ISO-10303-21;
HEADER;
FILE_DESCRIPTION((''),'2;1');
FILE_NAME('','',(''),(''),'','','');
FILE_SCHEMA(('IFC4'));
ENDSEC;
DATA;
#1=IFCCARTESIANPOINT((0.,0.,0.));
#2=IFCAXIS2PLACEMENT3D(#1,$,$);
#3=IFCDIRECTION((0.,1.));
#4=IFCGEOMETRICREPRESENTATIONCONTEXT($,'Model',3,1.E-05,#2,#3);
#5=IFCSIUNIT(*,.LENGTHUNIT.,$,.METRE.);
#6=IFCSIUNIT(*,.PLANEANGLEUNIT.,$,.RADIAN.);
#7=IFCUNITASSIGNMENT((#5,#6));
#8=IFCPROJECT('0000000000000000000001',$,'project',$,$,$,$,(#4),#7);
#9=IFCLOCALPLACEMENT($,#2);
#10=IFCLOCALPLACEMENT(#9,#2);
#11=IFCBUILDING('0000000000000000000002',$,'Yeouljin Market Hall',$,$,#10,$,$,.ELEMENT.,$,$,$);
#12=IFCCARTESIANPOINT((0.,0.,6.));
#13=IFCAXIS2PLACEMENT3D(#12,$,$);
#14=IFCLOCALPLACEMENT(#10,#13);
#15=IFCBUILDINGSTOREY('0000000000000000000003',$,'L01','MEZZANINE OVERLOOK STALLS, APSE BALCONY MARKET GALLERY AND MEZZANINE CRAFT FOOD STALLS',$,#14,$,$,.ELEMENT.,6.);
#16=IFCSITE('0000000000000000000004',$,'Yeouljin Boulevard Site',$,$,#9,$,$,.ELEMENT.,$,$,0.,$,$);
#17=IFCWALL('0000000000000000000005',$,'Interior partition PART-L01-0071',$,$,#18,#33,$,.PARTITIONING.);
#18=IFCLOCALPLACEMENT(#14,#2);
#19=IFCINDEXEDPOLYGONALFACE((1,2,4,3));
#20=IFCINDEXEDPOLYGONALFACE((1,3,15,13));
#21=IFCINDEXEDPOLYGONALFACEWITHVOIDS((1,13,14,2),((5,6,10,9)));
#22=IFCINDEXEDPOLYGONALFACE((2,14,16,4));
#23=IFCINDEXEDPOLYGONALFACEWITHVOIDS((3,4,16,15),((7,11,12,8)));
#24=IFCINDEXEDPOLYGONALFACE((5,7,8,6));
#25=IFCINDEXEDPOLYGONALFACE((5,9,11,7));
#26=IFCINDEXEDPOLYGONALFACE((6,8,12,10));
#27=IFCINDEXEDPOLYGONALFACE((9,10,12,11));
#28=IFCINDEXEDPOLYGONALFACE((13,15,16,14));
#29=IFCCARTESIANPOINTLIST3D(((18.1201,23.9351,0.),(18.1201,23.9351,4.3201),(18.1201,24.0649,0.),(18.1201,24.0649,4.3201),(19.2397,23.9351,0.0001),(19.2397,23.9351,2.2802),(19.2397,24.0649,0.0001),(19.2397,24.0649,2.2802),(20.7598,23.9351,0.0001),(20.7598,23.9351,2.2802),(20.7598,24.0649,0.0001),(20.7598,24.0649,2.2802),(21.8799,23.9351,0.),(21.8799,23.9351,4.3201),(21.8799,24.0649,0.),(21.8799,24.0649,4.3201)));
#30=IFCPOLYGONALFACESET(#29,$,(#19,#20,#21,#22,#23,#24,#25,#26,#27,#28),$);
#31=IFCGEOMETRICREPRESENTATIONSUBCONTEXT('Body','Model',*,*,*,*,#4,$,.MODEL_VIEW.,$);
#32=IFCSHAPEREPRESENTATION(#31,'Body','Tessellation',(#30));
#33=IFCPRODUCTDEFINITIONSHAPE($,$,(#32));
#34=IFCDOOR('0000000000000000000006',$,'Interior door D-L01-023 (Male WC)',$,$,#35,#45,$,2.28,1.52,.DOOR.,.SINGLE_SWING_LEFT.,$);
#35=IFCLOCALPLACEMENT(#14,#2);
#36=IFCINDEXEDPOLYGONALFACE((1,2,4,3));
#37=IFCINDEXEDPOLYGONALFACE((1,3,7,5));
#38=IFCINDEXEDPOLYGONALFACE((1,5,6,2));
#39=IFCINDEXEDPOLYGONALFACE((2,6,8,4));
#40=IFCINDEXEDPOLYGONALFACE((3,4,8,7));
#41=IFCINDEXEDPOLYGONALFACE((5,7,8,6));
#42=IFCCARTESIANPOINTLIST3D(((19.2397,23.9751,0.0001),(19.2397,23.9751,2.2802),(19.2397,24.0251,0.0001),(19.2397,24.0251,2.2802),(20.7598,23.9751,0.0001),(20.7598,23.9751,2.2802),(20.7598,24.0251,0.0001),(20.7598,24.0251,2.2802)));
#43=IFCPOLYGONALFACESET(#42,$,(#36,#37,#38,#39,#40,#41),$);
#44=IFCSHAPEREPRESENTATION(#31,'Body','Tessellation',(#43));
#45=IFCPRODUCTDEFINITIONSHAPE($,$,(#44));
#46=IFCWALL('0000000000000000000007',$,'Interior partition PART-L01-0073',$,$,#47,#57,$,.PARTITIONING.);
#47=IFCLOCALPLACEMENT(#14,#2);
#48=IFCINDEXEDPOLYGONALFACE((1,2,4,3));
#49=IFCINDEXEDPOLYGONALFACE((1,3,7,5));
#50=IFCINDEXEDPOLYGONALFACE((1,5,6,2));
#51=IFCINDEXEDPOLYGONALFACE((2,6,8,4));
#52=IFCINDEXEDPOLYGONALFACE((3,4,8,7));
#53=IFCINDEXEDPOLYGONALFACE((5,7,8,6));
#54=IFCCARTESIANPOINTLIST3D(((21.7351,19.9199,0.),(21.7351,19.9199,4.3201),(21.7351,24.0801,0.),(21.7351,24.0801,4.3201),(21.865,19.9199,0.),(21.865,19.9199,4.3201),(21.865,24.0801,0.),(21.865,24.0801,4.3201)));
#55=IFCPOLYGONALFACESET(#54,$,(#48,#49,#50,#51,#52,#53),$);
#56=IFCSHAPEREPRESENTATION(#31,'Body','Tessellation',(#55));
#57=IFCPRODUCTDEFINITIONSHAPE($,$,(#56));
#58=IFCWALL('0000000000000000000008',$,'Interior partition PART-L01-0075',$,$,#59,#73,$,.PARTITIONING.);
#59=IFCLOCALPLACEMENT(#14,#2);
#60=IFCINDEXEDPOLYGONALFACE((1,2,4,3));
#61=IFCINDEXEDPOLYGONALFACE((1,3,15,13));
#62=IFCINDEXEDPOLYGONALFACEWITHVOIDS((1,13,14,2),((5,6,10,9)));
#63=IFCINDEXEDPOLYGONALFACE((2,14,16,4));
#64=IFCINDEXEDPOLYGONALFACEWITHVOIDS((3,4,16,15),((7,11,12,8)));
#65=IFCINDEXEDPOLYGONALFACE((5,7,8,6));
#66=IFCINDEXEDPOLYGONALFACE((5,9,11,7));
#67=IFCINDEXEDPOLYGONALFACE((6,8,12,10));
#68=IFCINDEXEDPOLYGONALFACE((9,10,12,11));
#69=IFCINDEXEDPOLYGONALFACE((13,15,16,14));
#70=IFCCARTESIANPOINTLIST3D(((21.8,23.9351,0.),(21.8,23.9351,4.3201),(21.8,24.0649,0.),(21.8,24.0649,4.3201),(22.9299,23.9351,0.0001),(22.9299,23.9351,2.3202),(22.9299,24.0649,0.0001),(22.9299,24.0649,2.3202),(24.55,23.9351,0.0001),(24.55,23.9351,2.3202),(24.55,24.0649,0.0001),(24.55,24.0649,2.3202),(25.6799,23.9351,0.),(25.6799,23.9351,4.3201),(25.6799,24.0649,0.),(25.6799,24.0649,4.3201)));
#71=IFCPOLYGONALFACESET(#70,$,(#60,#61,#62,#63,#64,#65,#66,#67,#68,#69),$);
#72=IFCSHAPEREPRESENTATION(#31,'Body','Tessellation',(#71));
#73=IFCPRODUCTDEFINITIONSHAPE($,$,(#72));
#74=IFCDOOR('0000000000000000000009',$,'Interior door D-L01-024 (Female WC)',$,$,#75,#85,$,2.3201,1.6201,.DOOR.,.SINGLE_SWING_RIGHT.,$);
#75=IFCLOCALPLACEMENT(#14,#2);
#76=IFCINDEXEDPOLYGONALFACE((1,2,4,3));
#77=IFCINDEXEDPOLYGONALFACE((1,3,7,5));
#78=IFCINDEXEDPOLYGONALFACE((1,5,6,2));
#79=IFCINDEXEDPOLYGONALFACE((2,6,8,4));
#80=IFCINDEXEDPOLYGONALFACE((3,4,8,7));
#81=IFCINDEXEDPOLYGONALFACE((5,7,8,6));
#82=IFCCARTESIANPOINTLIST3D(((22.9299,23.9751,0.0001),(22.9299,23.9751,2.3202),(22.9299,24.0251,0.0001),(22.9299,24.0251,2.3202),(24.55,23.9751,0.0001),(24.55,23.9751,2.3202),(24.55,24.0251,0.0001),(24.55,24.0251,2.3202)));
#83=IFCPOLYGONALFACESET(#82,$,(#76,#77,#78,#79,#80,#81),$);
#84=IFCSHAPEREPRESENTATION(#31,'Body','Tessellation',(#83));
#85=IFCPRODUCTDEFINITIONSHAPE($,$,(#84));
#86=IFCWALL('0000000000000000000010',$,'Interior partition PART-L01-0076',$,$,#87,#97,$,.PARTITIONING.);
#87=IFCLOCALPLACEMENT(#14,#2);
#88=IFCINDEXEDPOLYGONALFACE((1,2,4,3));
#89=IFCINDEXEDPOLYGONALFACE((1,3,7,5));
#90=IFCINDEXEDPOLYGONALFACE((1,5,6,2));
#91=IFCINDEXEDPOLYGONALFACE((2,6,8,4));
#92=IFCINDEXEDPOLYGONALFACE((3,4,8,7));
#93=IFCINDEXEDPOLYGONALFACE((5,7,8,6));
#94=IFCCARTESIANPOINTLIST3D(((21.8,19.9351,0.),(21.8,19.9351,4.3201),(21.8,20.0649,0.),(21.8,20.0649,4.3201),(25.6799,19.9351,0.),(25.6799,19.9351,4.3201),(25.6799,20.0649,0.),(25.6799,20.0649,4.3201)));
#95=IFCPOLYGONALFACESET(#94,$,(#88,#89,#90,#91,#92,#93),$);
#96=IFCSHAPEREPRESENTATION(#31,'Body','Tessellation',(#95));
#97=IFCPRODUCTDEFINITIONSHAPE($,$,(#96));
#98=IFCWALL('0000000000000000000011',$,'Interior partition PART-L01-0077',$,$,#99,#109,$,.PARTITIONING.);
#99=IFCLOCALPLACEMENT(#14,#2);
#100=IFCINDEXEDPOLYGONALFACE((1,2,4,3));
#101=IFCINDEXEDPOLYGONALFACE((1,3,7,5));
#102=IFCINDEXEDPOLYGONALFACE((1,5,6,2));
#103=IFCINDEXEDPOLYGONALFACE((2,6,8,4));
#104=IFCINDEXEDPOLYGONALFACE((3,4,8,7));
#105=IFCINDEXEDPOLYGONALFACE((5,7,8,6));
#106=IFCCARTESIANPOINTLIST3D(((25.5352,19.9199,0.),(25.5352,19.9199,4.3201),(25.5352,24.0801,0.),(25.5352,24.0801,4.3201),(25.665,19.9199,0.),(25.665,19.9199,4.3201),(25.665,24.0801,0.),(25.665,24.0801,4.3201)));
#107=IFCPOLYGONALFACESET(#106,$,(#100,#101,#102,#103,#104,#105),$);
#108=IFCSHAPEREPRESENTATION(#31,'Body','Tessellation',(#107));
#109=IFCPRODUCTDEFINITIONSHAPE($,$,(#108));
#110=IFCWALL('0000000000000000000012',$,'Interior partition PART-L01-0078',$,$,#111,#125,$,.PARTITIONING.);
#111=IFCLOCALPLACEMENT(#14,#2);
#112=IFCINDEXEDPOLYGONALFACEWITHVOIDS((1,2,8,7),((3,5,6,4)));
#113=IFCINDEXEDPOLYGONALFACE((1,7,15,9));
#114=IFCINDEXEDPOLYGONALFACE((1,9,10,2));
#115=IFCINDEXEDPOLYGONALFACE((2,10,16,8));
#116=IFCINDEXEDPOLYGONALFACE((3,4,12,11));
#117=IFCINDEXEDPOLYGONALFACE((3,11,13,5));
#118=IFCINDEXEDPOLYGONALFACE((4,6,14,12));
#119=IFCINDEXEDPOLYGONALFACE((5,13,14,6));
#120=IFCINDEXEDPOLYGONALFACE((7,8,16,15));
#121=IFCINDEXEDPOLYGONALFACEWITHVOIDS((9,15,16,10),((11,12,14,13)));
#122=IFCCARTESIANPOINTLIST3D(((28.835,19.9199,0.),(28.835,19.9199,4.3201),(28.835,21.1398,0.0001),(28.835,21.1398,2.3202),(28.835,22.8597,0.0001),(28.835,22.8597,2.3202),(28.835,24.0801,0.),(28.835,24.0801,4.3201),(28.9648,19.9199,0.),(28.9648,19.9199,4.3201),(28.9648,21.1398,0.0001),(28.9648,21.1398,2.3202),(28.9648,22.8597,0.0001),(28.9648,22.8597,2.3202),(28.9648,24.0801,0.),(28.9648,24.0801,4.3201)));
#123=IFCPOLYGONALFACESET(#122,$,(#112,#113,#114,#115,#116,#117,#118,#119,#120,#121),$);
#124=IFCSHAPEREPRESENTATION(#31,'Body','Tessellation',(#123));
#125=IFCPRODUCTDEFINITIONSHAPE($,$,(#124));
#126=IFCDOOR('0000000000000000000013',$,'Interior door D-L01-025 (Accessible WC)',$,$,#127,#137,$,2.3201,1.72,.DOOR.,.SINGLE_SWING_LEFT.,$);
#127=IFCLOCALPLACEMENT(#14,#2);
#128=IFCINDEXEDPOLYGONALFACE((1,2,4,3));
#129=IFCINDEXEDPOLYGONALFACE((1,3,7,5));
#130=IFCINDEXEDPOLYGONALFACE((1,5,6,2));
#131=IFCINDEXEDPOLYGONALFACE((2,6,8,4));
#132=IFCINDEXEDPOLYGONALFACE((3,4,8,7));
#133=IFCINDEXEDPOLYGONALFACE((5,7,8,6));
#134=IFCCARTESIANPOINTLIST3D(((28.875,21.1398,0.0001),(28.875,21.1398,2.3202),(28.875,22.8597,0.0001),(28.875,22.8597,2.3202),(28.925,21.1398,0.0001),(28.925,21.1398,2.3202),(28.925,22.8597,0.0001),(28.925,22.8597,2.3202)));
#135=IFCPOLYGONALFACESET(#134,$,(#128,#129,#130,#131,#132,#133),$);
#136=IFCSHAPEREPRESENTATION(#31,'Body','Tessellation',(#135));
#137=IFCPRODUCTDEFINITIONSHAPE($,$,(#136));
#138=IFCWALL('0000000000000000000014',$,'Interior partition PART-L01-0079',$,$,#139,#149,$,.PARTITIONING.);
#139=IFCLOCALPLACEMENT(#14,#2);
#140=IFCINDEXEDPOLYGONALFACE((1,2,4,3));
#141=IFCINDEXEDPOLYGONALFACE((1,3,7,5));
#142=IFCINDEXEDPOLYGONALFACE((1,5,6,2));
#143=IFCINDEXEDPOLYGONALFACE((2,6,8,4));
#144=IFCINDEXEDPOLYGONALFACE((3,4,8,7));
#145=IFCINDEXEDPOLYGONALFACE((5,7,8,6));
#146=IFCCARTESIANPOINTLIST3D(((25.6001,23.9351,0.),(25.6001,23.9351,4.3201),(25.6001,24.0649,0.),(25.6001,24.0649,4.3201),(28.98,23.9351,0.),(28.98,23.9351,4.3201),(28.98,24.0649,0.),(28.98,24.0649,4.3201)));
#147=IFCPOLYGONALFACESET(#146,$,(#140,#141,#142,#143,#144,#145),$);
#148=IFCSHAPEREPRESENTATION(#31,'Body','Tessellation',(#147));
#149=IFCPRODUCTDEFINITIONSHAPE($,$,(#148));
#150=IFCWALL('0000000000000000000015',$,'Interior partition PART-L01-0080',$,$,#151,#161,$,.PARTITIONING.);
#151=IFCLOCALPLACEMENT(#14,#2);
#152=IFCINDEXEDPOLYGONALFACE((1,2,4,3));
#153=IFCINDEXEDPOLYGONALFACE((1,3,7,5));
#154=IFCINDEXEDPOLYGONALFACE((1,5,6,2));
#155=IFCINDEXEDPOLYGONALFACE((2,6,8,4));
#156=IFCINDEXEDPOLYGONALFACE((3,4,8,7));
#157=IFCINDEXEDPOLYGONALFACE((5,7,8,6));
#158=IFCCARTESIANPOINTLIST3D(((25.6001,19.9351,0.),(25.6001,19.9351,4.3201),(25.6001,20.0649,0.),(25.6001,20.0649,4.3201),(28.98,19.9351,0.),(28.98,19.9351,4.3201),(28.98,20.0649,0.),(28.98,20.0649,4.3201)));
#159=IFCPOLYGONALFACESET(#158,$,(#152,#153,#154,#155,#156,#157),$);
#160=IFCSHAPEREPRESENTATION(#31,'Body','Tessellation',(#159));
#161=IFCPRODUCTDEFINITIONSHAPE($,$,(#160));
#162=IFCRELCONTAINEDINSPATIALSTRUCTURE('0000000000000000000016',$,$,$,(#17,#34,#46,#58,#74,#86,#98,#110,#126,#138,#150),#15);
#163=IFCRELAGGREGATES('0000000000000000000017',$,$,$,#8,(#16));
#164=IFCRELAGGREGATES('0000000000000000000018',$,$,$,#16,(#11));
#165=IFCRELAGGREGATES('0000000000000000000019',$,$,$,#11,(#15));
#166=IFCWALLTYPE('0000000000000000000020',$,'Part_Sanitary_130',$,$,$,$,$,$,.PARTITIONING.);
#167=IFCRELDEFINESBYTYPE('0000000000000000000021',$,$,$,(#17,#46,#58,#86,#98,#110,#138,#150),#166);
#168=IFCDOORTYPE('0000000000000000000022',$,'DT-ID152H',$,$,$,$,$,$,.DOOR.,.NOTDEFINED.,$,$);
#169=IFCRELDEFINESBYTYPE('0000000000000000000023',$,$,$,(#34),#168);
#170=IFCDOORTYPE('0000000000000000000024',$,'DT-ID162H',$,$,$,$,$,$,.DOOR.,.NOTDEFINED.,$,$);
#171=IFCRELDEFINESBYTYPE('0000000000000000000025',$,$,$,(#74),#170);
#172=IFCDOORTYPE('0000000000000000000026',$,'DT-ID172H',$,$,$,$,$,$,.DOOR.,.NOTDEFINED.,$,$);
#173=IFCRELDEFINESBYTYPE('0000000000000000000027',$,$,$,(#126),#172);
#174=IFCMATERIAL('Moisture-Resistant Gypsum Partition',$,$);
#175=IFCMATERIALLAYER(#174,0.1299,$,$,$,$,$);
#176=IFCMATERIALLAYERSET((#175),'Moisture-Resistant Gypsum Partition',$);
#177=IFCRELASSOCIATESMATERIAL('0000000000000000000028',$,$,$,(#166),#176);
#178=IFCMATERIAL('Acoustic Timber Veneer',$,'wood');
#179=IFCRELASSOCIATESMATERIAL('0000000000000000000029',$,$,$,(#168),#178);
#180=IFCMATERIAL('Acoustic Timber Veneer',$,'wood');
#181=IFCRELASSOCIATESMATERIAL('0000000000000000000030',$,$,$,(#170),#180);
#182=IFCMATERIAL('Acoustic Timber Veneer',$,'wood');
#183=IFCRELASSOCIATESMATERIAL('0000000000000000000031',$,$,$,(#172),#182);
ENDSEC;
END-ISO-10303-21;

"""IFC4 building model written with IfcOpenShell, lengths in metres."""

from ifc_helpers import new_model, si_unit, direction, frame, frame_2d, origin, place, context, subcontext, project, spatial, rectangle, extrude, material, layer, layer_set, type_object, element, fill, save


model = new_model("IFC4")

# Units and contexts
model_context = context("Model", 3, precision=1e-05, world=origin(), true_north=direction((0.0, 1.0)))
body_context = subcontext(model_context, "Body", "Model", "MODEL_VIEW")
ifc_project = project(units=[si_unit("LENGTHUNIT", "METRE"), si_unit("PLANEANGLEUNIT", "RADIAN")], contexts=[model_context])

# Site, building, storey
site_placement = place(None, origin())
site = spatial("IfcSite", under=ifc_project, at=site_placement, Name="Yeouljin Boulevard Site", CompositionType="ELEMENT", RefElevation=0.0)
building_placement = place(site_placement, origin())
building = spatial("IfcBuilding", under=site, at=building_placement, Name="Yeouljin Market Hall", CompositionType="ELEMENT")
storey_placement = place(building_placement, frame((0.0, 0.0, 6.0)))
storey = spatial("IfcBuildingStorey", under=building, at=storey_placement, Name="L01", Description="MEZZANINE OVERLOOK STALLS, APSE BALCONY MARKET GALLERY AND MEZZANINE CRAFT FOOD STALLS", CompositionType="ELEMENT", Elevation=6.0)

# Wall, opening, door
ifc_material_1 = material(Name="Moisture-Resistant Gypsum Partition")
ifc_layer_1 = layer(ifc_material_1, 0.1299)
ifc_layer_set_1 = layer_set([ifc_layer_1], Name="Moisture-Resistant Gypsum Partition")
wall_type_1 = type_object("IfcWallType", Name="Part_Sanitary_130", PredefinedType="PARTITIONING", material=ifc_layer_set_1)
wall_1_placement = place(storey_placement, frame((21.8799, 24.0, 0.0), z_axis=(0.0, 0.0, 1.0), x_axis=(-1.0, 0.0, 0.0)))
wall_1 = element("IfcWall", 1, at=wall_1_placement, inside=storey, type_object=wall_type_1, Name="Interior partition PART-L01-0071", PredefinedType="PARTITIONING", context=body_context, shape_type="SweptSolid", body=[
    extrude(rectangle(XDim=3.7598, YDim=0.1299, at=frame_2d((1.8799, 0.0))), origin(), (0.0, 0.0, 1.0), 4.3201),
])
opening_1_placement = place(wall_1_placement, frame((1.1201, 0.0, 0.0)))
opening_1 = element("IfcOpeningElement", 2, at=opening_1_placement, cuts=wall_1, PredefinedType="OPENING", context=body_context, shape_type="SweptSolid", body=[
    extrude(rectangle(XDim=1.52, YDim=2.28, at=frame_2d((0.76, 1.1401))), frame((0.0, 0.075, 0.0), z_axis=(0.0, -1.0, 0.0), x_axis=(1.0, 0.0, 0.0)), (0.0, 0.0, 1.0), 0.1499),
])
ifc_material_2 = material(Name="Acoustic Timber Veneer", Category="wood")
door_type_1 = type_object("IfcDoorType", Name="DT-ID152H", OperationType="NOTDEFINED", PredefinedType="DOOR", material=ifc_material_2)
door_1_placement = place(opening_1_placement, origin())
door_1 = element("IfcDoor", 3, at=door_1_placement, inside=storey, type_object=door_type_1, Name="Interior door D-L01-023 (Male WC)", OperationType="SINGLE_SWING_LEFT", OverallHeight=2.28, OverallWidth=1.52, PredefinedType="DOOR", context=body_context, shape_type="SweptSolid", body=[
    extrude(rectangle(XDim=1.52, YDim=2.28, at=frame_2d((0.76, 1.1401))), frame((0.0, 0.0249, 0.0), z_axis=(0.0, -1.0, 0.0), x_axis=(1.0, 0.0, 0.0)), (0.0, 0.0, 1.0), 0.05),
])
fill(opening_1, door_1)

# Wall
wall_2_placement = place(storey_placement, frame((21.8, 19.9199, 0.0), z_axis=(0.0, 0.0, 1.0), x_axis=(0.0, 1.0, 0.0)))
element("IfcWall", 4, at=wall_2_placement, inside=storey, type_object=wall_type_1, Name="Interior partition PART-L01-0073", PredefinedType="PARTITIONING", context=body_context, shape_type="SweptSolid", body=[
    extrude(rectangle(XDim=4.1602, YDim=0.1299, at=frame_2d((2.0801, 0.0))), origin(), (0.0, 0.0, 1.0), 4.3201),
])

# Wall, opening, door
wall_3_placement = place(storey_placement, frame((25.6799, 24.0, 0.0), z_axis=(0.0, 0.0, 1.0), x_axis=(-1.0, 0.0, 0.0)))
wall_3 = element("IfcWall", 5, at=wall_3_placement, inside=storey, type_object=wall_type_1, Name="Interior partition PART-L01-0075", PredefinedType="PARTITIONING", context=body_context, shape_type="SweptSolid", body=[
    extrude(rectangle(XDim=3.8799, YDim=0.1299, at=frame_2d((1.9399, 0.0))), origin(), (0.0, 0.0, 1.0), 4.3201),
])
opening_2_placement = place(wall_3_placement, frame((1.1299, 0.0, 0.0)))
opening_2 = element("IfcOpeningElement", 6, at=opening_2_placement, cuts=wall_3, PredefinedType="OPENING", context=body_context, shape_type="SweptSolid", body=[
    extrude(rectangle(XDim=1.6201, YDim=2.3201, at=frame_2d((0.8101, 1.1602))), frame((0.0, 0.075, 0.0), z_axis=(0.0, -1.0, 0.0), x_axis=(1.0, 0.0, 0.0)), (0.0, 0.0, 1.0), 0.1499),
])
ifc_material_3 = material(Name="Acoustic Timber Veneer", Category="wood")
door_type_2 = type_object("IfcDoorType", Name="DT-ID162H", OperationType="NOTDEFINED", PredefinedType="DOOR", material=ifc_material_3)
door_2_placement = place(opening_2_placement, origin())
door_2 = element("IfcDoor", 7, at=door_2_placement, inside=storey, type_object=door_type_2, Name="Interior door D-L01-024 (Female WC)", OperationType="SINGLE_SWING_RIGHT", OverallHeight=2.3201, OverallWidth=1.6201, PredefinedType="DOOR", context=body_context, shape_type="SweptSolid", body=[
    extrude(rectangle(XDim=1.6201, YDim=2.3201, at=frame_2d((0.8101, 1.1602))), frame((0.0, 0.0249, 0.0), z_axis=(0.0, -1.0, 0.0), x_axis=(1.0, 0.0, 0.0)), (0.0, 0.0, 1.0), 0.05),
])
fill(opening_2, door_2)

# Walls
wall_4_placement = place(storey_placement, frame((21.8, 20.0, 0.0), z_axis=(0.0, 0.0, 1.0), x_axis=(1.0, 0.0, 0.0)))
element("IfcWall", 8, at=wall_4_placement, inside=storey, type_object=wall_type_1, Name="Interior partition PART-L01-0076", PredefinedType="PARTITIONING", context=body_context, shape_type="SweptSolid", body=[
    extrude(rectangle(XDim=3.8799, YDim=0.1299, at=frame_2d((1.9399, 0.0))), origin(), (0.0, 0.0, 1.0), 4.3201),
])
wall_5_placement = place(storey_placement, frame((25.6001, 19.9199, 0.0), z_axis=(0.0, 0.0, 1.0), x_axis=(0.0, 1.0, 0.0)))
element("IfcWall", 9, at=wall_5_placement, inside=storey, type_object=wall_type_1, Name="Interior partition PART-L01-0077", PredefinedType="PARTITIONING", context=body_context, shape_type="SweptSolid", body=[
    extrude(rectangle(XDim=4.1602, YDim=0.1299, at=frame_2d((2.0801, 0.0))), origin(), (0.0, 0.0, 1.0), 4.3201),
])

# Wall, opening, door
wall_6_placement = place(storey_placement, frame((28.8999, 19.9199, 0.0), z_axis=(0.0, 0.0, 1.0), x_axis=(0.0, 1.0, 0.0)))
wall_6 = element("IfcWall", 10, at=wall_6_placement, inside=storey, type_object=wall_type_1, Name="Interior partition PART-L01-0078", PredefinedType="PARTITIONING", context=body_context, shape_type="SweptSolid", body=[
    extrude(rectangle(XDim=4.1602, YDim=0.1299, at=frame_2d((2.0801, 0.0))), origin(), (0.0, 0.0, 1.0), 4.3201),
])
opening_3_placement = place(wall_6_placement, frame((1.22, 0.0, 0.0)))
opening_3 = element("IfcOpeningElement", 11, at=opening_3_placement, cuts=wall_6, PredefinedType="OPENING", context=body_context, shape_type="SweptSolid", body=[
    extrude(rectangle(XDim=1.72, YDim=2.3201, at=frame_2d((0.8599, 1.1602))), frame((0.0, 0.075, 0.0), z_axis=(0.0, -1.0, 0.0), x_axis=(1.0, 0.0, 0.0)), (0.0, 0.0, 1.0), 0.1499),
])
ifc_material_4 = material(Name="Acoustic Timber Veneer", Category="wood")
door_type_3 = type_object("IfcDoorType", Name="DT-ID172H", OperationType="NOTDEFINED", PredefinedType="DOOR", material=ifc_material_4)
door_3_placement = place(opening_3_placement, origin())
door_3 = element("IfcDoor", 12, at=door_3_placement, inside=storey, type_object=door_type_3, Name="Interior door D-L01-025 (Accessible WC)", OperationType="SINGLE_SWING_LEFT", OverallHeight=2.3201, OverallWidth=1.72, PredefinedType="DOOR", context=body_context, shape_type="SweptSolid", body=[
    extrude(rectangle(XDim=1.72, YDim=2.3201, at=frame_2d((0.8599, 1.1602))), frame((0.0, 0.0249, 0.0), z_axis=(0.0, -1.0, 0.0), x_axis=(1.0, 0.0, 0.0)), (0.0, 0.0, 1.0), 0.05),
])
fill(opening_3, door_3)

# Walls
for number, where, z_axis, x_axis, name in (
    (13, (28.98, 24.0, 0.0), (0.0, 0.0, 1.0), (-1.0, 0.0, 0.0), "Interior partition PART-L01-0079"),
    (14, (25.6001, 20.0, 0.0), (0.0, 0.0, 1.0), (1.0, 0.0, 0.0), "Interior partition PART-L01-0080"),
):
    element("IfcWall", number, at=place(storey_placement, frame(where, z_axis=z_axis, x_axis=x_axis)), inside=storey, type_object=wall_type_1, Name=name, PredefinedType="PARTITIONING", context=body_context, shape_type="SweptSolid", body=[
        extrude(rectangle(XDim=3.3799, YDim=0.1299, at=frame_2d((1.6899, 0.0))), origin(), (0.0, 0.0, 1.0), 4.3201),
    ])

save(model, "model.ifc")
